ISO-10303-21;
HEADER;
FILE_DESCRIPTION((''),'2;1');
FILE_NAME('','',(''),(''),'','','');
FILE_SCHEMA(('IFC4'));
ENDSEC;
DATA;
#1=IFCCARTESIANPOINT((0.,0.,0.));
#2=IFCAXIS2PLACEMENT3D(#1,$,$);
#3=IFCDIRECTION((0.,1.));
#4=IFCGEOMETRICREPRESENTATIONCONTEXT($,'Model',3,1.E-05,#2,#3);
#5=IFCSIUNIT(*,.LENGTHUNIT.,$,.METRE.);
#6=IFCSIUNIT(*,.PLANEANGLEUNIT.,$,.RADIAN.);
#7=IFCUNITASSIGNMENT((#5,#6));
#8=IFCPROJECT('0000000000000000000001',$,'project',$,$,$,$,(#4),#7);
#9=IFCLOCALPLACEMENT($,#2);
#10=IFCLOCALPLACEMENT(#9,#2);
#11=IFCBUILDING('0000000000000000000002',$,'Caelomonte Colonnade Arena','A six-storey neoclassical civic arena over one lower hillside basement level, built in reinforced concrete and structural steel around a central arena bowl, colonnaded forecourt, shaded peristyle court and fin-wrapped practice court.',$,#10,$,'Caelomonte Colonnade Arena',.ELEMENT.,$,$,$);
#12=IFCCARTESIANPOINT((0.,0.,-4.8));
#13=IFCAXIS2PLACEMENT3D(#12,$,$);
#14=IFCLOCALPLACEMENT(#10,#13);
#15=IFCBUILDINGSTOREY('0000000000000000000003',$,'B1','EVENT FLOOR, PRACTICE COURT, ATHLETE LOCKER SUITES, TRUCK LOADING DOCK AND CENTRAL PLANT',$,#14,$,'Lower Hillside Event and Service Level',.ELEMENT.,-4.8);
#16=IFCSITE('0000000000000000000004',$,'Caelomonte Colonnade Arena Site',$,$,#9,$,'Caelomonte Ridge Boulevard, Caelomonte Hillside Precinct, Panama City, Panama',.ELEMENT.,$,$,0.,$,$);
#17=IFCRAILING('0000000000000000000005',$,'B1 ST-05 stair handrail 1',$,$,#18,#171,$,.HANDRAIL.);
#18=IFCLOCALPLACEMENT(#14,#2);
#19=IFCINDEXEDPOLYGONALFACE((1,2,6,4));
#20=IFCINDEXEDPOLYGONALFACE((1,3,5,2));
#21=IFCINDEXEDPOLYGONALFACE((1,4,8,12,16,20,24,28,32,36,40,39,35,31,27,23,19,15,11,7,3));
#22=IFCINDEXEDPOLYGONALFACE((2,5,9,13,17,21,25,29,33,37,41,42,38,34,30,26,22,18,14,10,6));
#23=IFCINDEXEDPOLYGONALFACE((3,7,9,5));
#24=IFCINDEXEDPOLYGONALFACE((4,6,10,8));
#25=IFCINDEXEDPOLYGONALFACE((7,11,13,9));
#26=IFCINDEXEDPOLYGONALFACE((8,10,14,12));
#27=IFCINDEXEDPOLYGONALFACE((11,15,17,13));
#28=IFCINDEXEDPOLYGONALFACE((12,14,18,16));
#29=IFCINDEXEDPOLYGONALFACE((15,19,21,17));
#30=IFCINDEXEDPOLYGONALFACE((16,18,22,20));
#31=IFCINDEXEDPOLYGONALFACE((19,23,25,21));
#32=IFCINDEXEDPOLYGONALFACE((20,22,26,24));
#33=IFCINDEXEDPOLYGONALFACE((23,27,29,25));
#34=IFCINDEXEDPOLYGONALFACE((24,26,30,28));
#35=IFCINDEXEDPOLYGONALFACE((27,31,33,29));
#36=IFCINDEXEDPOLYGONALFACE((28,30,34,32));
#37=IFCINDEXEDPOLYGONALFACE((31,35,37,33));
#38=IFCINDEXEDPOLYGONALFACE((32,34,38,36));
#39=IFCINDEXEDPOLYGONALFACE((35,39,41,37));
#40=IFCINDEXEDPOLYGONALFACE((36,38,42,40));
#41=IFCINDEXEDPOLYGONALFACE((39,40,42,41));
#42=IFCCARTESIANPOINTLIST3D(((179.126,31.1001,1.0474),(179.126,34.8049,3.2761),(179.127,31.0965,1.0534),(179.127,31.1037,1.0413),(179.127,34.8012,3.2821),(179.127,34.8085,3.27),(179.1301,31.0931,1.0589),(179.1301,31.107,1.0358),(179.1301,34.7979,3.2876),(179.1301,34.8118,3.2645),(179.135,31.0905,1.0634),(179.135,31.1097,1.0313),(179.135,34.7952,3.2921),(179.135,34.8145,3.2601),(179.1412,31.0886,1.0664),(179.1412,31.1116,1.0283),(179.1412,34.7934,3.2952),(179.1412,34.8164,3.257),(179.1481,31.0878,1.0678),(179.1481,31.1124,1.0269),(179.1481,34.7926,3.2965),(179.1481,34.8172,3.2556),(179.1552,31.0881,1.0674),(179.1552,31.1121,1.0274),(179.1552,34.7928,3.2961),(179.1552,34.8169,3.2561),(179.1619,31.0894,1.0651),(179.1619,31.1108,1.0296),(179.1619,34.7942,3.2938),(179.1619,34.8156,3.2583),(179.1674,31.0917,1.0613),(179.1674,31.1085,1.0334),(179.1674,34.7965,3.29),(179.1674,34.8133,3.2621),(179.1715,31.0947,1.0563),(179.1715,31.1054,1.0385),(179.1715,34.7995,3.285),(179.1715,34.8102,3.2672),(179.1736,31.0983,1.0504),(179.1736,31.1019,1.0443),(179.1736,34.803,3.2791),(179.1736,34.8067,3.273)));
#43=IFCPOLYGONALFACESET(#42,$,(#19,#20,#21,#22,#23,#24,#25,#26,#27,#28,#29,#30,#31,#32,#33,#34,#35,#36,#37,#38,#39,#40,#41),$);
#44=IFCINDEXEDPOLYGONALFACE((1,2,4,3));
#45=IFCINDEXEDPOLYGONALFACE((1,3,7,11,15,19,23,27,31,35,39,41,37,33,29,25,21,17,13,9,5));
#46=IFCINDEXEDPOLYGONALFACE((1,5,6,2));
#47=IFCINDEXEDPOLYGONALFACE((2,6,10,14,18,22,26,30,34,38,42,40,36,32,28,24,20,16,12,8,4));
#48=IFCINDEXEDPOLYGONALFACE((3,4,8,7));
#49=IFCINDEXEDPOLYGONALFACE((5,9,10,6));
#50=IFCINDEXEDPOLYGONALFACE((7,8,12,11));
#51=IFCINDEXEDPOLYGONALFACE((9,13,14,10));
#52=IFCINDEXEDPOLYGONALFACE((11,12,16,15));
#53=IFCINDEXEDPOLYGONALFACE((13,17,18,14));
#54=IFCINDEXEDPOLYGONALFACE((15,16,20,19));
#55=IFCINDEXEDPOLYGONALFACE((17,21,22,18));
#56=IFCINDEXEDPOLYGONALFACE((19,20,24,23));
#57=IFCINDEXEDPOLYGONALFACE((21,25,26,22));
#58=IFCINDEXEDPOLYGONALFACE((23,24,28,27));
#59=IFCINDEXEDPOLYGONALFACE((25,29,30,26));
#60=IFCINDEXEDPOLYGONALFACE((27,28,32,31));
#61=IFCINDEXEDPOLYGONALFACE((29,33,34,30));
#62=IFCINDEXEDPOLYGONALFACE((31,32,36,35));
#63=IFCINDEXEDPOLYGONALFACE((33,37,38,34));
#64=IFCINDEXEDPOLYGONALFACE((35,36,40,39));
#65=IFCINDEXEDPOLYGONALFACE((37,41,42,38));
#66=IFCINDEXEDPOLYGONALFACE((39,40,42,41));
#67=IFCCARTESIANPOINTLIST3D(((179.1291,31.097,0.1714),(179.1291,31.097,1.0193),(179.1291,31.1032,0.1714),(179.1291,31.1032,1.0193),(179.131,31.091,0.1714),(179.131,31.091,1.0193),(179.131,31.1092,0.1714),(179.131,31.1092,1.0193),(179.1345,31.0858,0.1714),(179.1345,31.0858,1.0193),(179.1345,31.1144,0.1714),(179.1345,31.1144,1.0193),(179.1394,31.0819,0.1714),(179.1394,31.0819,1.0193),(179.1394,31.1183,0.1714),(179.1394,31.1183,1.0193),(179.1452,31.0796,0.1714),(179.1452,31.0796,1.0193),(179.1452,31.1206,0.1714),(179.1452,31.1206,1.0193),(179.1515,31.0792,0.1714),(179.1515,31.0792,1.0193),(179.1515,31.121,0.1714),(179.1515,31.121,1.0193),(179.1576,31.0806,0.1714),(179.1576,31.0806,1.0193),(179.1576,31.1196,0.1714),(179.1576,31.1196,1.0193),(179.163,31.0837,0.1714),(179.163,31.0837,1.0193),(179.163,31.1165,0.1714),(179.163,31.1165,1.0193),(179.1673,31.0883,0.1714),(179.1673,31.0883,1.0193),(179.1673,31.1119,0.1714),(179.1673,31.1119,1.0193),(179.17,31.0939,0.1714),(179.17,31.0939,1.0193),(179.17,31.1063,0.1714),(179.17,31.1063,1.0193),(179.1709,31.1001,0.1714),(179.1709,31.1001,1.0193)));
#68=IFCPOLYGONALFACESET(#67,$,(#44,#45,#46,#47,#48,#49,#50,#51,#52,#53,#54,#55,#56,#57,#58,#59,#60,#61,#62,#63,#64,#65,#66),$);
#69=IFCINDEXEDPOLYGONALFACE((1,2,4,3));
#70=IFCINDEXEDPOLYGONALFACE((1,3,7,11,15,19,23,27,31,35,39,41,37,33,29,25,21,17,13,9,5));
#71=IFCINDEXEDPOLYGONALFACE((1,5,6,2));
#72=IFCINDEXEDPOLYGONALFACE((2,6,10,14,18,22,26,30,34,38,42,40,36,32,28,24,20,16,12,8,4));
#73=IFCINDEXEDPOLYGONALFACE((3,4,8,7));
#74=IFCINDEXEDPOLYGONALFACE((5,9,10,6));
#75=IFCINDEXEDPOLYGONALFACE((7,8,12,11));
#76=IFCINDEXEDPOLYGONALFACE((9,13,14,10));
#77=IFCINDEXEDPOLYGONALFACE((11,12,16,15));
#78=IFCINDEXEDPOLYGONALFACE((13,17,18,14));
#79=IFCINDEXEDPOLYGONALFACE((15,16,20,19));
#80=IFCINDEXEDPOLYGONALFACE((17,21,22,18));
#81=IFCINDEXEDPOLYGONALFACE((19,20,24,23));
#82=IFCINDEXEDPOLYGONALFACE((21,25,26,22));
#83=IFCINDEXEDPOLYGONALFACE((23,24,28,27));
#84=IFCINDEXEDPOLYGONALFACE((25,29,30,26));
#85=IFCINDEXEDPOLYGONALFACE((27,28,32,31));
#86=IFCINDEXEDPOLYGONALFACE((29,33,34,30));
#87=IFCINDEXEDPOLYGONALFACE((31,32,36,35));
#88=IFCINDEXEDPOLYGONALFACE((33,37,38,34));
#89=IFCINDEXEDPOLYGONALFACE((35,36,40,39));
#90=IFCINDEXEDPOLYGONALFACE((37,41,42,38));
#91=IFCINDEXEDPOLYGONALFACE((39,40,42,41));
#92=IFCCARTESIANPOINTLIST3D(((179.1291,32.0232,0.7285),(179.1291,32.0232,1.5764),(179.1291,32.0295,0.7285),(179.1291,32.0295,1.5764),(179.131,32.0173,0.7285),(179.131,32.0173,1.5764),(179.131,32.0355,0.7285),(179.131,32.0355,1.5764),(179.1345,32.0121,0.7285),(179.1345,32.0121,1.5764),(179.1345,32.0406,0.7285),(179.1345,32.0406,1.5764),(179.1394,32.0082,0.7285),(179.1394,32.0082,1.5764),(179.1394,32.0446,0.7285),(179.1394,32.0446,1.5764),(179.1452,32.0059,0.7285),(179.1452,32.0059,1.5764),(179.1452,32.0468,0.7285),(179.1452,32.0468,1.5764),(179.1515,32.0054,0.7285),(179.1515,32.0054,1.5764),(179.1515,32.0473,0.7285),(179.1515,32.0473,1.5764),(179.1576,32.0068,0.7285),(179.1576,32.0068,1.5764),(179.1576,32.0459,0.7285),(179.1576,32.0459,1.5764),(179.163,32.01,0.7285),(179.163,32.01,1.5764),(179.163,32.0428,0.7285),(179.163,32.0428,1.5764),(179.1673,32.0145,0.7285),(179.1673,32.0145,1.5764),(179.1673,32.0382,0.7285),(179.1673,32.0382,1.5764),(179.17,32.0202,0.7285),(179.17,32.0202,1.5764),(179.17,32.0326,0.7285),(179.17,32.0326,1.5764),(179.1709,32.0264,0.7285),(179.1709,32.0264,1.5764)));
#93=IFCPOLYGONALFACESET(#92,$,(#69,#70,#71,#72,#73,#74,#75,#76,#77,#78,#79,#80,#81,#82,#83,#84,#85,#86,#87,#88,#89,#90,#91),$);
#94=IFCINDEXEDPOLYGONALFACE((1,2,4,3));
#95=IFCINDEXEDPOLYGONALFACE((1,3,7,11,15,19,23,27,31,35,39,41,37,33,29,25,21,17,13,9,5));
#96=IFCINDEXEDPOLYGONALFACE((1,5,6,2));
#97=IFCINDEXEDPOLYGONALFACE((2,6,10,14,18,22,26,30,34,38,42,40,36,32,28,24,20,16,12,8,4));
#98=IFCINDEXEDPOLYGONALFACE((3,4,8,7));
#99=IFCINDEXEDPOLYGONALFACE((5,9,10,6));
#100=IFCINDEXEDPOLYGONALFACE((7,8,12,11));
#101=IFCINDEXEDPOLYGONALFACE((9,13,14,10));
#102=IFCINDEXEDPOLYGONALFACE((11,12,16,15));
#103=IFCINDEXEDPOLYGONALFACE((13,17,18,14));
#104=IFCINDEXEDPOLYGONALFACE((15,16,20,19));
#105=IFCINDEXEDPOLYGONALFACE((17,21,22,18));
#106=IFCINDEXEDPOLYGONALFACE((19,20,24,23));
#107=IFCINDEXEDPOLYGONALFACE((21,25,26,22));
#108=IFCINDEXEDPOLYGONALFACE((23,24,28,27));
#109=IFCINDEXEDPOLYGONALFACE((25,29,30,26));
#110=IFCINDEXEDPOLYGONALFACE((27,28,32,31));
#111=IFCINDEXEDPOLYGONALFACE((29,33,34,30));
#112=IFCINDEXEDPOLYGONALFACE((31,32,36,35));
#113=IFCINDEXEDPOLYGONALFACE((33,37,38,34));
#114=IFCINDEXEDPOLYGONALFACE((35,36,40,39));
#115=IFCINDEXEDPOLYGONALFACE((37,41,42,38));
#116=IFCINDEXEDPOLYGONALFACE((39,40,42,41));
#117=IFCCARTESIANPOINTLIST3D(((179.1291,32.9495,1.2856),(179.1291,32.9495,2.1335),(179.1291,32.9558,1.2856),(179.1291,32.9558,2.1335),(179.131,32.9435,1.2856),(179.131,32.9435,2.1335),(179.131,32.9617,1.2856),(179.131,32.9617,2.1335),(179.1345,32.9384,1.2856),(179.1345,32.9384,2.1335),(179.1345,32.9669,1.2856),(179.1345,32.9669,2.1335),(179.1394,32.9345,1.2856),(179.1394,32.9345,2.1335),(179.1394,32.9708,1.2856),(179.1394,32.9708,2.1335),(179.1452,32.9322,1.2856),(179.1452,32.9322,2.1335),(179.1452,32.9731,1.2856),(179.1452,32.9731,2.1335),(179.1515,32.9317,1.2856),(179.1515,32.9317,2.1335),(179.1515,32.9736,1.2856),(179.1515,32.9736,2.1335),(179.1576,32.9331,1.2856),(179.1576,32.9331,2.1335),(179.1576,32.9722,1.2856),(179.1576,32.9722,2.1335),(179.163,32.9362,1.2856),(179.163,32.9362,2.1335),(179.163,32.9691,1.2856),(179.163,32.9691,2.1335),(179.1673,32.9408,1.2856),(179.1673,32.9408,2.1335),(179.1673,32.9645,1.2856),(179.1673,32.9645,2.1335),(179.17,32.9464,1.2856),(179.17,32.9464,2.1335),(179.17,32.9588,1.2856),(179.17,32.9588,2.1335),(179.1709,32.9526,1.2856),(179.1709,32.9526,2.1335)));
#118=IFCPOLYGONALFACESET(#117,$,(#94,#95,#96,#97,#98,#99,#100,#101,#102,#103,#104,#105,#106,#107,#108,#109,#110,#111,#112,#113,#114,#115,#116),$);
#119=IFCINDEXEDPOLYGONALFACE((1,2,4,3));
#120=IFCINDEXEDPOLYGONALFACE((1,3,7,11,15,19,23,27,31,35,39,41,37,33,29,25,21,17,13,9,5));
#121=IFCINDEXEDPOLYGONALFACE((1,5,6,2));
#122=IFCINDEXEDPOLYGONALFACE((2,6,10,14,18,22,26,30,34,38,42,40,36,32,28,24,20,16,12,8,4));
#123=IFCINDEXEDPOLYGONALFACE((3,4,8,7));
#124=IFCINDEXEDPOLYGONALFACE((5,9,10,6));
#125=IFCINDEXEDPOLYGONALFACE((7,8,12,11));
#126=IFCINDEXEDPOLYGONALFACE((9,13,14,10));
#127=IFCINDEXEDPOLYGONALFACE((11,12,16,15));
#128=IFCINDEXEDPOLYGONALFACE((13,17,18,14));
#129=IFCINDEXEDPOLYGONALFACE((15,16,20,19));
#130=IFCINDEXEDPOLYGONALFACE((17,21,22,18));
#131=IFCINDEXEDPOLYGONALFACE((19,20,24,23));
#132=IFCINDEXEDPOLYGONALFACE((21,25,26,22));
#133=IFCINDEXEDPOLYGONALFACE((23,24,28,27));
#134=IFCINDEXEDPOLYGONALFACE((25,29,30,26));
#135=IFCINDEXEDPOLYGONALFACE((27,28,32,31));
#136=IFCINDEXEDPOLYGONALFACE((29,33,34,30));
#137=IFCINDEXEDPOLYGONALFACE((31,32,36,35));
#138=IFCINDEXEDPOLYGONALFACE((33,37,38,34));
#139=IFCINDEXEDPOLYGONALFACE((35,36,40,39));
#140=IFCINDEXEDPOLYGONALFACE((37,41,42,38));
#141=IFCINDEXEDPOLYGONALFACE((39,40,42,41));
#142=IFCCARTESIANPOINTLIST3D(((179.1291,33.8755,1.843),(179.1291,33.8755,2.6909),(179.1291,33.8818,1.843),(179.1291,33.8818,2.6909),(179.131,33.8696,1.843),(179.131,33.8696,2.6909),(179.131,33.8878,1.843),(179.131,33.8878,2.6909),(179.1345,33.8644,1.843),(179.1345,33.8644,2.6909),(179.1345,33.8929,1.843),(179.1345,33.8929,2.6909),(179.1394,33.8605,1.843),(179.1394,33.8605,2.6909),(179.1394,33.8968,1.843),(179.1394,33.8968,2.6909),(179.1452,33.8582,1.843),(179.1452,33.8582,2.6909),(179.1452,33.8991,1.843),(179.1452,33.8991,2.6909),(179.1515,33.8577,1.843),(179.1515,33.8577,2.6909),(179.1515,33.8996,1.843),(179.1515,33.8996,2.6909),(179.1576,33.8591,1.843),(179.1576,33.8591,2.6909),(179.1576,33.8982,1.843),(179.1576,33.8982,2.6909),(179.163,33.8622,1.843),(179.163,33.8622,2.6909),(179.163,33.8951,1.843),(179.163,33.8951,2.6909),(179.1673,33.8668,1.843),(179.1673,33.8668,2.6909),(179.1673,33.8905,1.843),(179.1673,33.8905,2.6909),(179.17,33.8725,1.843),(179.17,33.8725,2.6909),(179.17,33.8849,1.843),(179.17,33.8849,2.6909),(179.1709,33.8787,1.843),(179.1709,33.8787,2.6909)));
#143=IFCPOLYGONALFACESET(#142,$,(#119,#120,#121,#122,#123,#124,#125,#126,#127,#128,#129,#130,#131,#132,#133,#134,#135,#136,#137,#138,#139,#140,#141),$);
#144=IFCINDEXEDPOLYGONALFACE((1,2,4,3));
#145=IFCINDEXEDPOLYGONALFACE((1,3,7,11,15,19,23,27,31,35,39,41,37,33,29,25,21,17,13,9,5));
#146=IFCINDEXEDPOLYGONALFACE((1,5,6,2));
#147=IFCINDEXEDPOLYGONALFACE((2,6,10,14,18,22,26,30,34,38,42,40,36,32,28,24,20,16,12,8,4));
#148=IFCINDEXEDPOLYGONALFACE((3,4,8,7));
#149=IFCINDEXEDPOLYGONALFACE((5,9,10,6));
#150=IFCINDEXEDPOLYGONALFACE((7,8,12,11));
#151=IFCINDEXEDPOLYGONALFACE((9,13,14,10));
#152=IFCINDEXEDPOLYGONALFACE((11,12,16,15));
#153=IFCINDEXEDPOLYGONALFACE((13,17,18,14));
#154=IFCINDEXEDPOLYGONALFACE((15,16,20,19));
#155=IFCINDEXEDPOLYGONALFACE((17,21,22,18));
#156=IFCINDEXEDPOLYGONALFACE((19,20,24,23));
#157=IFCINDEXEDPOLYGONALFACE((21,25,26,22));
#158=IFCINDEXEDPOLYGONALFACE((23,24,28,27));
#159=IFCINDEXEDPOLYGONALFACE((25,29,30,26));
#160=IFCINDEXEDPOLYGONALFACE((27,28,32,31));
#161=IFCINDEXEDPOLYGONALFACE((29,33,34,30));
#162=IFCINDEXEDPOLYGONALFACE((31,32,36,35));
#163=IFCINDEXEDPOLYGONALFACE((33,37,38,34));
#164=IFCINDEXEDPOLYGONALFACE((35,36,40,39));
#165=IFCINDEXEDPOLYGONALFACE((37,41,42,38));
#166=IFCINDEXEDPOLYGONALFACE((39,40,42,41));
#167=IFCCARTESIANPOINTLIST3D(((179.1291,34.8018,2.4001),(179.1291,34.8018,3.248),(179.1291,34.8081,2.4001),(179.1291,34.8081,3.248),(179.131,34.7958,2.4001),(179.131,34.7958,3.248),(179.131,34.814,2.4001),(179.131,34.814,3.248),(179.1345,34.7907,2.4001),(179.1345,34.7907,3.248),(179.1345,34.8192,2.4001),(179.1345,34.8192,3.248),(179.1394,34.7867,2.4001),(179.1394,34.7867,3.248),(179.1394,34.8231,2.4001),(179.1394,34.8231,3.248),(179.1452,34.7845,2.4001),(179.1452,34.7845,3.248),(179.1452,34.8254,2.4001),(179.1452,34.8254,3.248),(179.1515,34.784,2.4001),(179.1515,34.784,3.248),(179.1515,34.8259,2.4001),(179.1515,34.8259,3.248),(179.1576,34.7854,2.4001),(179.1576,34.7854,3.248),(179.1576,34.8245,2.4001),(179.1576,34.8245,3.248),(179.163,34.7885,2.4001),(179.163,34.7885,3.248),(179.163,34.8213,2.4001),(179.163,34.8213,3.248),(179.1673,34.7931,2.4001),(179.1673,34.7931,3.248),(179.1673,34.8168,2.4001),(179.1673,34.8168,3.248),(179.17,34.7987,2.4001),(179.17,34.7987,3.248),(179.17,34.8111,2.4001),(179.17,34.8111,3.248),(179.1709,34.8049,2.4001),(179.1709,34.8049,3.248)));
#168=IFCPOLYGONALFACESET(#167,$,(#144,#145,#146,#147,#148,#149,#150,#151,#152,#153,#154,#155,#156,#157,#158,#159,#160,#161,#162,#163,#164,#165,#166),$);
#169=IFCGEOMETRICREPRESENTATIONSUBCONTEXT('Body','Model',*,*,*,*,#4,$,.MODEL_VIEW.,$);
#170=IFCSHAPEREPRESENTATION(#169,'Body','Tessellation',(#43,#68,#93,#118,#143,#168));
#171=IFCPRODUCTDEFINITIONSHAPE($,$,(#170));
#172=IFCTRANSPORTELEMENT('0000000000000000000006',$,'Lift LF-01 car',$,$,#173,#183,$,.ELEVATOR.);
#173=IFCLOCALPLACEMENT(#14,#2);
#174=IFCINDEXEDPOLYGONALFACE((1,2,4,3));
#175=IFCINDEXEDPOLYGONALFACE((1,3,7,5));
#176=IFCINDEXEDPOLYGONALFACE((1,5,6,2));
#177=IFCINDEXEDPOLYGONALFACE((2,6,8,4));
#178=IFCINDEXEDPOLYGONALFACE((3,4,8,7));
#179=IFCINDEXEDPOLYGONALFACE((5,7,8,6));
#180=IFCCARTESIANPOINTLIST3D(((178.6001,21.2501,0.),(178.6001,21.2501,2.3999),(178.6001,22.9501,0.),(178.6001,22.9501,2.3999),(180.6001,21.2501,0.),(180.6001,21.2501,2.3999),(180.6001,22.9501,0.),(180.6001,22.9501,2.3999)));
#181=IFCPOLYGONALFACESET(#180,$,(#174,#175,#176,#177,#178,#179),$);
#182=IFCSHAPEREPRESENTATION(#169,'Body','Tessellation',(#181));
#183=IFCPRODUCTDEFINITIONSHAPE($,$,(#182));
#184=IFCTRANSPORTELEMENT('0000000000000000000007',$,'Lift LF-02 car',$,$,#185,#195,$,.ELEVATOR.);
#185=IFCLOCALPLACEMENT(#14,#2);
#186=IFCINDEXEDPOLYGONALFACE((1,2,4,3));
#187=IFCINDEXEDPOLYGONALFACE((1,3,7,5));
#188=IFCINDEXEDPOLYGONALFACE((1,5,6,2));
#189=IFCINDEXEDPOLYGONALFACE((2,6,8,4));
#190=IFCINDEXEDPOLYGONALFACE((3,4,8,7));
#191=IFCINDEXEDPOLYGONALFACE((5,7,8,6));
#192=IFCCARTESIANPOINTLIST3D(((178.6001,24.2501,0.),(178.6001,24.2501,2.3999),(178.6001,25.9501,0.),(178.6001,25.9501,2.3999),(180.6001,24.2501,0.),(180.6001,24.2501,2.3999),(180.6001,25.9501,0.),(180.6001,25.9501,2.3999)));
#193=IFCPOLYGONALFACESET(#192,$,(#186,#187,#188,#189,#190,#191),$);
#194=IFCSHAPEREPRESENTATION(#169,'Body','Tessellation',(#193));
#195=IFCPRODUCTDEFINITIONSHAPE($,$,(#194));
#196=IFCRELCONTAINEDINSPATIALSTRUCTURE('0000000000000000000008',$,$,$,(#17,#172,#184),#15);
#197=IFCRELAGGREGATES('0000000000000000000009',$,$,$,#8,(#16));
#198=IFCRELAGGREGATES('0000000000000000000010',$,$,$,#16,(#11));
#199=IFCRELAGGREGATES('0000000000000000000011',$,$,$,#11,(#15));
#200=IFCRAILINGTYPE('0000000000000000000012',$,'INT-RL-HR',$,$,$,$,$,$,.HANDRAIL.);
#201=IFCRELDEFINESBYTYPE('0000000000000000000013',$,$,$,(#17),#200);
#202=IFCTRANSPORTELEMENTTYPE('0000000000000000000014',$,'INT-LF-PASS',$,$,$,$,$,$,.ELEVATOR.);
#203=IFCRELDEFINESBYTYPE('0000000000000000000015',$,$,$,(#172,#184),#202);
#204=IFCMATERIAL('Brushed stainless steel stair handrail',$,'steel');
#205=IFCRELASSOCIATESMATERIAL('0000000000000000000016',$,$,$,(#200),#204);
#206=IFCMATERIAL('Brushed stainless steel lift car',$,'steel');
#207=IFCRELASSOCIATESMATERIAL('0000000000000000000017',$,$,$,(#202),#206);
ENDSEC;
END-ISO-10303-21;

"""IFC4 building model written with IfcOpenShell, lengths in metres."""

from ifc_helpers import new_model, si_unit, direction, frame, origin, origin_2d, place, context, subcontext, project, spatial, rectangle, circle, extrude, material, type_object, element, save


model = new_model("IFC4")

# Units and contexts
model_context = context("Model", 3, precision=1e-05, world=origin(), true_north=direction((0.0, 1.0)))
body_context = subcontext(model_context, "Body", "Model", "MODEL_VIEW")
ifc_project = project(units=[si_unit("LENGTHUNIT", "METRE"), si_unit("PLANEANGLEUNIT", "RADIAN")], contexts=[model_context])

# Site, building, storey
site_placement = place(None, origin())
site = spatial("IfcSite", under=ifc_project, at=site_placement, Name="Caelomonte Colonnade Arena Site", LongName="Caelomonte Ridge Boulevard, Caelomonte Hillside Precinct, Panama City, Panama", CompositionType="ELEMENT", RefElevation=0.0)
building_placement = place(site_placement, origin())
building = spatial("IfcBuilding", under=site, at=building_placement, Name="Caelomonte Colonnade Arena", Description="A six-storey neoclassical civic arena over one lower hillside basement level, built in reinforced concrete and structural steel around a central arena bowl, colonnaded forecourt, shaded peristyle court and fin-wrapped practice court.", LongName="Caelomonte Colonnade Arena", CompositionType="ELEMENT")
storey_placement = place(building_placement, frame((0.0, 0.0, -4.8)))
storey = spatial("IfcBuildingStorey", under=building, at=storey_placement, Name="B1", Description="EVENT FLOOR, PRACTICE COURT, ATHLETE LOCKER SUITES, TRUCK LOADING DOCK AND CENTRAL PLANT", LongName="Lower Hillside Event and Service Level", CompositionType="ELEMENT", Elevation=-4.8)

# Railing
ifc_material_1 = material(Name="Brushed stainless steel stair handrail", Category="steel")
railing_type = type_object("IfcRailingType", Name="INT-RL-HR", PredefinedType="HANDRAIL", material=ifc_material_1)
railing_placement = place(storey_placement, frame((179.1499, 31.1001, 0.1714)))
element("IfcRailing", 1, at=railing_placement, inside=storey, type_object=railing_type, Name="B1 ST-05 stair handrail 1", PredefinedType="HANDRAIL", context=body_context, shape_type="SweptSolid", body=[
    extrude(circle(Radius=0.0239, at=origin_2d()), frame((0.0, 0.0, 0.876), z_axis=(0.0, 0.856894, 0.515492), x_axis=(-1.0, 0.0, 0.0)), (0.0, 0.0, 1.0), 4.3235),
    extrude(circle(Radius=0.021, at=origin_2d()), origin(), (0.0, 0.0, 1.0), 0.8479),
    extrude(circle(Radius=0.021, at=origin_2d()), frame((0.0, 0.9263, 0.5571)), (0.0, 0.0, 1.0), 0.8479),
    extrude(circle(Radius=0.021, at=origin_2d()), frame((0.0, 1.8525, 1.1143)), (0.0, 0.0, 1.0), 0.8479),
    extrude(circle(Radius=0.021, at=origin_2d()), frame((0.0, 2.7786, 1.6716)), (0.0, 0.0, 1.0), 0.8479),
    extrude(circle(Radius=0.021, at=origin_2d()), frame((0.0, 3.7048, 2.2288)), (0.0, 0.0, 1.0), 0.8479),
])

# Transport elements
ifc_material_2 = material(Name="Brushed stainless steel lift car", Category="steel")
transport_element_type = type_object("IfcTransportElementType", Name="INT-LF-PASS", PredefinedType="ELEVATOR", material=ifc_material_2)
for number, where, z_axis, x_axis, name in (
    (2, (179.6001, 22.1001, 0.0), (0.0, 0.0, 1.0), (1.0, 0.0, 0.0), "Lift LF-01 car"),
    (3, (179.6001, 25.1001, 0.0), (0.0, 0.0, 1.0), (1.0, 0.0, 0.0), "Lift LF-02 car"),
):
    element("IfcTransportElement", number, at=place(storey_placement, frame(where, z_axis=z_axis, x_axis=x_axis)), inside=storey, type_object=transport_element_type, Name=name, PredefinedType="ELEVATOR", context=body_context, shape_type="SweptSolid", body=[
        extrude(rectangle(XDim=2.0, YDim=1.7, at=origin_2d()), origin(), (0.0, 0.0, 1.0), 2.3999),
    ])

save(model, "model.ifc")
